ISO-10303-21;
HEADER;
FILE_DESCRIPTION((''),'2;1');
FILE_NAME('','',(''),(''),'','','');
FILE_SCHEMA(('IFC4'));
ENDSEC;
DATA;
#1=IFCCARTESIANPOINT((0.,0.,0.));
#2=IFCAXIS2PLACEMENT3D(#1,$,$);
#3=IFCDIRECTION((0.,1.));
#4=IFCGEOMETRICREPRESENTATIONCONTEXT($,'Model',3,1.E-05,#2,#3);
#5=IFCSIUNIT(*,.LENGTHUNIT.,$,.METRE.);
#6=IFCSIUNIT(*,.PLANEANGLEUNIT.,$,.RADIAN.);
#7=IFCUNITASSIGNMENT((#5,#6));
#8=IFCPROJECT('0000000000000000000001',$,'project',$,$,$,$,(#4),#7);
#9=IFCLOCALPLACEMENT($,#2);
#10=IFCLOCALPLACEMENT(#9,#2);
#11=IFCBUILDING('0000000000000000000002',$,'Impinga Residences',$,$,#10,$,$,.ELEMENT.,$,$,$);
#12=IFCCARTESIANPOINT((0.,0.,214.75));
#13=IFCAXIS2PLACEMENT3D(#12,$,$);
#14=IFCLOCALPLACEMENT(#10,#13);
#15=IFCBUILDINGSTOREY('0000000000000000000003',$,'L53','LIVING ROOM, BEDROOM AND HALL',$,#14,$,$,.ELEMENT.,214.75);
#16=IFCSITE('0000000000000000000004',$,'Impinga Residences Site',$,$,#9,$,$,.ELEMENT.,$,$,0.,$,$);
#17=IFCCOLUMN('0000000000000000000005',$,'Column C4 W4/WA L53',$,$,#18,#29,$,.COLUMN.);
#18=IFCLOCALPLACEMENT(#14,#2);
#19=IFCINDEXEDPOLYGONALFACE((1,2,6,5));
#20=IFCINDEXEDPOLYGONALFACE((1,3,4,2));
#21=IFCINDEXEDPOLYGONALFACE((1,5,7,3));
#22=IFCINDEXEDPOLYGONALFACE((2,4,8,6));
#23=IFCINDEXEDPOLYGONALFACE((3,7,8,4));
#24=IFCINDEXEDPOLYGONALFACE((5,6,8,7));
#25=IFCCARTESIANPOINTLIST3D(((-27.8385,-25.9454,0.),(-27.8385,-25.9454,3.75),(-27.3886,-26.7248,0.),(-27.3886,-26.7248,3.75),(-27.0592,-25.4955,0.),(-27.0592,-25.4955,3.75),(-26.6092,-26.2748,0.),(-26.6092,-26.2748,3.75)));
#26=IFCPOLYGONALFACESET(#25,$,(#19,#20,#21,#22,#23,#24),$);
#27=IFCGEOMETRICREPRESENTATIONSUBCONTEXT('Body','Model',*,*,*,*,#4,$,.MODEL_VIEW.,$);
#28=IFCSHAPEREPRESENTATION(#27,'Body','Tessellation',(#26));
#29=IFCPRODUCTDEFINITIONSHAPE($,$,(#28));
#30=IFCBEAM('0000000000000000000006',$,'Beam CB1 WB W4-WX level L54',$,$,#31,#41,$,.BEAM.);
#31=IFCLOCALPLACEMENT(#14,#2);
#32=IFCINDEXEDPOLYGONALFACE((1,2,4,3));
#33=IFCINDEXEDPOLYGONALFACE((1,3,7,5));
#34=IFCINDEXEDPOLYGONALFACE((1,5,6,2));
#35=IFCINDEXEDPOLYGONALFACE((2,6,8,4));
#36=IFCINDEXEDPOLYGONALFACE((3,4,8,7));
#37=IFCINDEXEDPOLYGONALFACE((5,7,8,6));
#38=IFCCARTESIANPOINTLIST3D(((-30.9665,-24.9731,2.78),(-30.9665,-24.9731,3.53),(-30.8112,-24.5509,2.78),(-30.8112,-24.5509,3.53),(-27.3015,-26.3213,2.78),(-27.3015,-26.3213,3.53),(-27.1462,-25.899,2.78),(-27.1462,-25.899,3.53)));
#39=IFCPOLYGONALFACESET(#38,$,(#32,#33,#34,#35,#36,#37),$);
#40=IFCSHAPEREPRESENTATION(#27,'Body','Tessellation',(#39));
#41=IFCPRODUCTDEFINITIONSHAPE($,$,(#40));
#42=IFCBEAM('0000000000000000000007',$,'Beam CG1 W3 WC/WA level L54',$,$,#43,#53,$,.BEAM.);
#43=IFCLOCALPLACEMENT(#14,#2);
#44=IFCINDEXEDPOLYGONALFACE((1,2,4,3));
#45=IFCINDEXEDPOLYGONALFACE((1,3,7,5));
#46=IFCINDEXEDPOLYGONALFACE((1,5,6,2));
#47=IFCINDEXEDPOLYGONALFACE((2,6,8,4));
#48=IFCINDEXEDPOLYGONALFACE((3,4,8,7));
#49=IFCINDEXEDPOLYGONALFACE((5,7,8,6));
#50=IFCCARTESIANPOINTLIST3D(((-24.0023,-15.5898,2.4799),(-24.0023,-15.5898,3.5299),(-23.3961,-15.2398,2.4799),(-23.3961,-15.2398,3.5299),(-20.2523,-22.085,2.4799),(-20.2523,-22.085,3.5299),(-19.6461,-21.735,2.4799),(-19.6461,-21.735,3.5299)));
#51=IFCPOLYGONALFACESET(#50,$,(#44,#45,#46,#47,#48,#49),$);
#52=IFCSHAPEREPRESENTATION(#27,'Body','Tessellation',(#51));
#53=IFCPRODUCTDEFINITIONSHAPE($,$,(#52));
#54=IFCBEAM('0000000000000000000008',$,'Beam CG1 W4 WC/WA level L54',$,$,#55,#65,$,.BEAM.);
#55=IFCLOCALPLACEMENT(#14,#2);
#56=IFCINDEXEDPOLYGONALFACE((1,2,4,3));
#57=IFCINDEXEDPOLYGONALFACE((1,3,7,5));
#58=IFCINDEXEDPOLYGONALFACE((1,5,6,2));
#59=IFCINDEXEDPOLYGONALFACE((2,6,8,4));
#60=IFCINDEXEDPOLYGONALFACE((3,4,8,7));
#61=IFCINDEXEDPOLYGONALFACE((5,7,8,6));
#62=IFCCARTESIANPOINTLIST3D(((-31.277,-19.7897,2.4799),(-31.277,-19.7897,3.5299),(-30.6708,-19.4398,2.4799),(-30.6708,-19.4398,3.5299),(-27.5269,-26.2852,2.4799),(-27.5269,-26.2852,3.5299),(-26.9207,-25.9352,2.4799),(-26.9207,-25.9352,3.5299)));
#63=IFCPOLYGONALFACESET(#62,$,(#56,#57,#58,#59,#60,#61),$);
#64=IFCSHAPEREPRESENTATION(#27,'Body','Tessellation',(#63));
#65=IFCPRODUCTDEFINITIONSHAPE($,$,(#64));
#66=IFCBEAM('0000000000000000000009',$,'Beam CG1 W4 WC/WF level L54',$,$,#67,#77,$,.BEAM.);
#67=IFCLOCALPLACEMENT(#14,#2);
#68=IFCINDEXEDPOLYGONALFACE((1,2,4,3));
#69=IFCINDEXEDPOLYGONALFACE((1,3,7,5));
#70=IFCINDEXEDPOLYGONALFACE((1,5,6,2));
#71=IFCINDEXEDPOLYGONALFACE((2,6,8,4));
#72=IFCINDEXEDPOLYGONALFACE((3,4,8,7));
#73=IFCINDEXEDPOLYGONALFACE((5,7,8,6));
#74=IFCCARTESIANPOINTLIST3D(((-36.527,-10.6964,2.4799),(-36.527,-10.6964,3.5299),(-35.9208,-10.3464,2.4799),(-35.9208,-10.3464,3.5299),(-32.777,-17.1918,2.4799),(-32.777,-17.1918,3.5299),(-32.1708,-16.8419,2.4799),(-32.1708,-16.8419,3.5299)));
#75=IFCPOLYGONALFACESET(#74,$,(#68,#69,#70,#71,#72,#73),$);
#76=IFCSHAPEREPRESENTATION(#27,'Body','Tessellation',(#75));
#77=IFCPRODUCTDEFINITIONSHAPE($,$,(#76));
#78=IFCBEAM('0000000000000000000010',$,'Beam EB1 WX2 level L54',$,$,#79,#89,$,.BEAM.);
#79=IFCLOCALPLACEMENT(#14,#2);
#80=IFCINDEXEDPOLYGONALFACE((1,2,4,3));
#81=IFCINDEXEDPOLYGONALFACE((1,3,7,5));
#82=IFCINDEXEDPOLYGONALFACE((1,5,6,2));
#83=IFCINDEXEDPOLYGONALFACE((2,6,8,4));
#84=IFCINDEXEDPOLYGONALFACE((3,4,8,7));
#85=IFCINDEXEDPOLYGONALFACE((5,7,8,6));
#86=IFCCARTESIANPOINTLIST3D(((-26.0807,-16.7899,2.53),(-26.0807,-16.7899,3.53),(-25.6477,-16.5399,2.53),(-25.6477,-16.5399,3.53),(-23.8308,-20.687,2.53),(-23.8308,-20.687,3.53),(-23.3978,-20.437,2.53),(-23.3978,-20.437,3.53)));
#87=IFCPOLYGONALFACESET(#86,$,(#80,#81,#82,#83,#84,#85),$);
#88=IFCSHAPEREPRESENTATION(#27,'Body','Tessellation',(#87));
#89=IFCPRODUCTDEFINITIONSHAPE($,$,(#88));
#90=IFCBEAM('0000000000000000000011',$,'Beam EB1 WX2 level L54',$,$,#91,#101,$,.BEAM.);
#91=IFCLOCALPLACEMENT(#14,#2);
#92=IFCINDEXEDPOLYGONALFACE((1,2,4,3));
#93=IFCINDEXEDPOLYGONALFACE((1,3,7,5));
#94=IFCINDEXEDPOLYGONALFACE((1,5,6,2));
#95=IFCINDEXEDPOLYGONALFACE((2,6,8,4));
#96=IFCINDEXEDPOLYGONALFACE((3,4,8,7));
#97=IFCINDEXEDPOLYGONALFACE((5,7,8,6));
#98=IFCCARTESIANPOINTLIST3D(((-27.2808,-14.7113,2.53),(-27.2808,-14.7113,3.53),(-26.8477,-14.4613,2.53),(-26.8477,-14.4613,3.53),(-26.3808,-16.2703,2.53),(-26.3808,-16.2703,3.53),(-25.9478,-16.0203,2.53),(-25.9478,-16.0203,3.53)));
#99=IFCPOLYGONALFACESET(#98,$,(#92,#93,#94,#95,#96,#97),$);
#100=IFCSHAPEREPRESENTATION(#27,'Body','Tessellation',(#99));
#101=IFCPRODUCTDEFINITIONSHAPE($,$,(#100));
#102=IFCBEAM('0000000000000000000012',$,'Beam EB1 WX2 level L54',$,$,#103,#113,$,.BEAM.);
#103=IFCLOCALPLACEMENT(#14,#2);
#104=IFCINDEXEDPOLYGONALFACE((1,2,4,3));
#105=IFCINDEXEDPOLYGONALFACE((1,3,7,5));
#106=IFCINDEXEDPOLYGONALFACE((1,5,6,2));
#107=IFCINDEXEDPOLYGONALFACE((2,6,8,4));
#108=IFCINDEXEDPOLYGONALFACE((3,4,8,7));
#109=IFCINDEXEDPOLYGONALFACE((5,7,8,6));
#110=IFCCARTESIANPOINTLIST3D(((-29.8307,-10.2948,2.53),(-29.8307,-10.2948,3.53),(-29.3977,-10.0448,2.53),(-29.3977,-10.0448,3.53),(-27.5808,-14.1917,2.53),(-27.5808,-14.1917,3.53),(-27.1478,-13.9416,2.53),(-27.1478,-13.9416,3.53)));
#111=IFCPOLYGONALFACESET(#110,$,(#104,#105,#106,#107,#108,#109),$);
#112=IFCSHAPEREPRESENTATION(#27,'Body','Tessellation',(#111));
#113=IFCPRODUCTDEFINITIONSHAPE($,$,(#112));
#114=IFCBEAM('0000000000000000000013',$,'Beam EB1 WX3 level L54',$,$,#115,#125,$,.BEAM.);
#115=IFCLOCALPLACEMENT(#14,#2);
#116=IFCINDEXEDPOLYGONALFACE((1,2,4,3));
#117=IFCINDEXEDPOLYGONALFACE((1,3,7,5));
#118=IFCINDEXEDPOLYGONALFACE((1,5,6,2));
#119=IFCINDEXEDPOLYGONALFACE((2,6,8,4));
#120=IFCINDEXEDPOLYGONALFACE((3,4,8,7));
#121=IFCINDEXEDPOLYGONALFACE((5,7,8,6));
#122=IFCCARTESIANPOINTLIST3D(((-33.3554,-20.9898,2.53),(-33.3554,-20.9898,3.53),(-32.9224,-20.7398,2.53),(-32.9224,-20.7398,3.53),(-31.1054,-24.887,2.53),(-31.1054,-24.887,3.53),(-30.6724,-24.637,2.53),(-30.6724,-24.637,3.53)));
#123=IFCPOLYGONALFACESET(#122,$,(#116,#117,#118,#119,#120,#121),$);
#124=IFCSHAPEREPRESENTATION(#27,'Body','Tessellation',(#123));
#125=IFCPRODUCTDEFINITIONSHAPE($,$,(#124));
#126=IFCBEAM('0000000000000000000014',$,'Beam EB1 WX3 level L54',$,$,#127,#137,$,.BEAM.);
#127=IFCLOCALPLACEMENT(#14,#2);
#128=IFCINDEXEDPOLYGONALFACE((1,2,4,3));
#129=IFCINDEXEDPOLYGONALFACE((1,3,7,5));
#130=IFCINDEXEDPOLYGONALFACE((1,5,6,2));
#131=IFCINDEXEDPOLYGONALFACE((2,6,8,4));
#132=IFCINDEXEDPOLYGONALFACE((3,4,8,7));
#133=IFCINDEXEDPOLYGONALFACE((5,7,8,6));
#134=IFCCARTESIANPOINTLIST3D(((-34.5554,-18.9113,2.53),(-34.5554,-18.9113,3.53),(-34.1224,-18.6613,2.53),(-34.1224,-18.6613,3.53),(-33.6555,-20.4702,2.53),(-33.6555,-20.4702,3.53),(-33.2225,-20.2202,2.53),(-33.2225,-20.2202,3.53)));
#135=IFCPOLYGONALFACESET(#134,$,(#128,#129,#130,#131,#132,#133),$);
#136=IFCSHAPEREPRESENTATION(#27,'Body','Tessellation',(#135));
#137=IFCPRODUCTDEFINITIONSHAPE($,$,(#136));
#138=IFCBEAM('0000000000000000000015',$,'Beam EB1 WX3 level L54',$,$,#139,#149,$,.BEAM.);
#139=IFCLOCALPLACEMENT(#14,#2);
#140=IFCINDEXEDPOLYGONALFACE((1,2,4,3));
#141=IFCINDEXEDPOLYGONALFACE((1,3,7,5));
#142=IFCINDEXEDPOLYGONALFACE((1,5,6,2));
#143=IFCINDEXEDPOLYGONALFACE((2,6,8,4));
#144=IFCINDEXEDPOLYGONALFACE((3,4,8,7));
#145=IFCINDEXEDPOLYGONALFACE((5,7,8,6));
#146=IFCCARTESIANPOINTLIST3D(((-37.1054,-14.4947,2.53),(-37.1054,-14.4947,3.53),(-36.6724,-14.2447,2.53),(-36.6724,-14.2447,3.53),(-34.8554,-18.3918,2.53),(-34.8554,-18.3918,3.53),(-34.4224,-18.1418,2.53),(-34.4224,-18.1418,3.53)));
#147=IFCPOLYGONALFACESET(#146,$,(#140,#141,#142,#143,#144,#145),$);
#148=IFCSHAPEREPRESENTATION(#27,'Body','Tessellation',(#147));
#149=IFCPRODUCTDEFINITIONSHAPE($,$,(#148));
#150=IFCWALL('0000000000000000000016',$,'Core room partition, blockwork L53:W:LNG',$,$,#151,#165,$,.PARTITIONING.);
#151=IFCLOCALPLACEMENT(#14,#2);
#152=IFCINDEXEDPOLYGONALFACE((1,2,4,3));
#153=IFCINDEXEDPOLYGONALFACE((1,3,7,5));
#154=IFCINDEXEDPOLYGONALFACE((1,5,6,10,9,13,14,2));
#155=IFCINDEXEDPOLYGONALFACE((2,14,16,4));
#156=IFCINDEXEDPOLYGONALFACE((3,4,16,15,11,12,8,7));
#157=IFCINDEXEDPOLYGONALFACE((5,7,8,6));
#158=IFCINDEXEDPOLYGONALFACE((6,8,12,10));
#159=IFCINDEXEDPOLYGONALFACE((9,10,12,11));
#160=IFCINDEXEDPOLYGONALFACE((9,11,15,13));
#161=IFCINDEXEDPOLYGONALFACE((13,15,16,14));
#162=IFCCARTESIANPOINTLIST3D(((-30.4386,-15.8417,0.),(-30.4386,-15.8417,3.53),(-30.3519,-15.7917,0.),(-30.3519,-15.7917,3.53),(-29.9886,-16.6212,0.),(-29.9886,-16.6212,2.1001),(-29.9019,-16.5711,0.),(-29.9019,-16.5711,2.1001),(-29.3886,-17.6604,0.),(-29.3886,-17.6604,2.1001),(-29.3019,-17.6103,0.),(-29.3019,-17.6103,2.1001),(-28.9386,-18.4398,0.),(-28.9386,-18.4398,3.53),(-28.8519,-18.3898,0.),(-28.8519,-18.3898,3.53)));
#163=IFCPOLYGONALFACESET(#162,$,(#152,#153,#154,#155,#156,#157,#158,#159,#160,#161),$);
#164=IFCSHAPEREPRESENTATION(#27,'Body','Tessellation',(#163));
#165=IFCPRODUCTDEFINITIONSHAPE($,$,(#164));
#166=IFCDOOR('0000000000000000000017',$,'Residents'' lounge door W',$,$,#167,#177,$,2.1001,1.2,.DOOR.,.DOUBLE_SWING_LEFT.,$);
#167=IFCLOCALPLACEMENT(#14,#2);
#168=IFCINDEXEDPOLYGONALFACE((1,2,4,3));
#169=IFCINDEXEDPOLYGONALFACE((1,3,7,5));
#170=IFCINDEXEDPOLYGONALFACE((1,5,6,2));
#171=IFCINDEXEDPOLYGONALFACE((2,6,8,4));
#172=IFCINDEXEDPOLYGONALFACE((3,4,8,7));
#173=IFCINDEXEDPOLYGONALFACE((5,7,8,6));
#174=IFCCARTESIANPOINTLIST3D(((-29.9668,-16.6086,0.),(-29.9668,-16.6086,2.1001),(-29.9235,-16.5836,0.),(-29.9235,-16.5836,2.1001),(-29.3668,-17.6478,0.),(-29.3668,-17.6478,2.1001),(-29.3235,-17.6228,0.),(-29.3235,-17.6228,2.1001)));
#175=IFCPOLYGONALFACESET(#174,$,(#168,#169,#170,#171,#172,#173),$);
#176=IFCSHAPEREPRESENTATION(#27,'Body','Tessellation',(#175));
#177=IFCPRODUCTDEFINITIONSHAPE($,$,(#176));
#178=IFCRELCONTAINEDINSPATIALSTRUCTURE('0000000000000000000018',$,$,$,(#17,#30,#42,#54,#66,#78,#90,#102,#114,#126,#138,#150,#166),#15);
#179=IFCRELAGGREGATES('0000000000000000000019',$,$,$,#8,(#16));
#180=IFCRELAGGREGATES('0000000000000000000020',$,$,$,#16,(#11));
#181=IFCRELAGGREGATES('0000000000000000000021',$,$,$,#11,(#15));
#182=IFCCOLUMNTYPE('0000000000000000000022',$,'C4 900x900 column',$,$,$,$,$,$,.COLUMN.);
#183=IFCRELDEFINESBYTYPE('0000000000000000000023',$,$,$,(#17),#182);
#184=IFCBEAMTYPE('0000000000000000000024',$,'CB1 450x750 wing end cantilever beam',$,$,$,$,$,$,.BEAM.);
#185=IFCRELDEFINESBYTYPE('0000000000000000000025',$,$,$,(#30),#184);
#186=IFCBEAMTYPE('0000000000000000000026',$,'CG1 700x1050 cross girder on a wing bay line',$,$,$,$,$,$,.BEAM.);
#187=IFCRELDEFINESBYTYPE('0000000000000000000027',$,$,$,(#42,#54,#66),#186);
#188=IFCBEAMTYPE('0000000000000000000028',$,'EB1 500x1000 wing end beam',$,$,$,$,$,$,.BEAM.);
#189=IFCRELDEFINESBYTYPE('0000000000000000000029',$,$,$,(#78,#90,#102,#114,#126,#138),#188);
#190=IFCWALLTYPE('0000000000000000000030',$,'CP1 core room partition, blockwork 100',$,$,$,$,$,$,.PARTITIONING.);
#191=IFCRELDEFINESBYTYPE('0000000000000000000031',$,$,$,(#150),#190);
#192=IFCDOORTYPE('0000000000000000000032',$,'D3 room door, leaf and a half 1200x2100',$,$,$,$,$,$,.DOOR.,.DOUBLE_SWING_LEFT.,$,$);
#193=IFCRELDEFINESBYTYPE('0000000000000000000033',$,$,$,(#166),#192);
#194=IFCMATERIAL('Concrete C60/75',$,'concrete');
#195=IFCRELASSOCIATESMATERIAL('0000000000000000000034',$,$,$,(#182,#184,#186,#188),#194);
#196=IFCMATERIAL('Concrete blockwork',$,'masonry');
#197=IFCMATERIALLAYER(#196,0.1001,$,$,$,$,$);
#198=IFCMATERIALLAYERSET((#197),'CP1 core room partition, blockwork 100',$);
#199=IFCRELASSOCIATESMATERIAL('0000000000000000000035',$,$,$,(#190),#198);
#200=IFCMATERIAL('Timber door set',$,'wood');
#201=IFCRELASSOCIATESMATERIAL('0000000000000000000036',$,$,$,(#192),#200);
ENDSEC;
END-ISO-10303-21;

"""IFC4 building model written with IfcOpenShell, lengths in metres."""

from ifc_helpers import new_model, si_unit, direction, frame, frame_2d, origin, origin_2d, place, context, subcontext, project, spatial, rectangle, extrude, material, layer, layer_set, material_profile, profile_set, type_object, element, fill, save


model = new_model("IFC4")

# Units and contexts
model_context = context("Model", 3, precision=1e-05, world=origin(), true_north=direction((0.0, 1.0)))
body_context = subcontext(model_context, "Body", "Model", "MODEL_VIEW")
ifc_project = project(units=[si_unit("LENGTHUNIT", "METRE"), si_unit("PLANEANGLEUNIT", "RADIAN")], contexts=[model_context])

# Site, building, storey
site_placement = place(None, origin())
site = spatial("IfcSite", under=ifc_project, at=site_placement, Name="Impinga Residences Site", CompositionType="ELEMENT", RefElevation=0.0)
building_placement = place(site_placement, origin())
building = spatial("IfcBuilding", under=site, at=building_placement, Name="Impinga Residences", CompositionType="ELEMENT")
storey_placement = place(building_placement, frame((0.0, 0.0, 214.75)))
storey = spatial("IfcBuildingStorey", under=building, at=storey_placement, Name="L53", Description="LIVING ROOM, BEDROOM AND HALL", CompositionType="ELEMENT", Elevation=214.75)

# Column
ifc_material_1 = material(Name="Concrete C60/75", Category="concrete")
ifc_material_profile_1 = material_profile(ifc_material_1, rectangle(XDim=0.8999, YDim=0.8999, at=origin_2d()), Name="RC 900x900")
ifc_profile_set_1 = profile_set([ifc_material_profile_1], Name="Concrete C60/75")
column_type = type_object("IfcColumnType", Name="C4 900x900 column", PredefinedType="COLUMN", material=ifc_profile_set_1)
column_placement = place(storey_placement, frame((-27.2239, -26.1101, 0.0), z_axis=(0.0, 0.0, 1.0), x_axis=(-0.5, 0.866025, 0.0)))
element("IfcColumn", 1, at=column_placement, inside=storey, type_object=column_type, Name="Column C4 W4/WA L53", PredefinedType="COLUMN", context=body_context, shape_type="SweptSolid", body=[
    extrude(rectangle(XDim=0.8999, YDim=0.8999, at=origin_2d()), origin(), (0.0, 0.0, 1.0), 3.75),
])

# Beams
ifc_material_profile_2 = material_profile(ifc_material_1, rectangle(XDim=0.45, YDim=0.75, at=origin_2d()), Name="RC 450x750")
ifc_profile_set_2 = profile_set([ifc_material_profile_2], Name="Concrete C60/75")
beam_type_1 = type_object("IfcBeamType", Name="CB1 450x750 wing end cantilever beam", PredefinedType="BEAM", material=ifc_profile_set_2)
beam_1_placement = place(storey_placement, frame((-27.2239, -26.1101, 3.155), z_axis=(-0.93852, 0.345224, 0.0), x_axis=(-0.345224, -0.93852, 0.0)))
element("IfcBeam", 2, at=beam_1_placement, inside=storey, type_object=beam_type_1, Name="Beam CB1 WB W4-WX level L54", PredefinedType="BEAM", context=body_context, shape_type="SweptSolid", body=[
    extrude(rectangle(XDim=0.45, YDim=0.75, at=origin_2d()), origin(), (0.0, 0.0, 1.0), 3.905),
])
ifc_material_profile_3 = material_profile(ifc_material_1, rectangle(XDim=0.7, YDim=1.05, at=origin_2d()), Name="RC 700x1050")
ifc_profile_set_3 = profile_set([ifc_material_profile_3], Name="Concrete C60/75")
beam_type_2 = type_object("IfcBeamType", Name="CG1 700x1050 cross girder on a wing bay line", PredefinedType="BEAM", material=ifc_profile_set_3)
beam_2_placement = place(storey_placement, frame((-23.6992, -15.4148, 3.0049), z_axis=(0.500004, -0.866023, 0.0), x_axis=(0.866023, 0.500004, 0.0)))
element("IfcBeam", 3, at=beam_2_placement, inside=storey, type_object=beam_type_2, Name="Beam CG1 W3 WC/WA level L54", PredefinedType="BEAM", context=body_context, shape_type="SweptSolid", body=[
    extrude(rectangle(XDim=0.7, YDim=1.05, at=origin_2d()), origin(), (0.0, 0.0, 1.0), 7.5),
])
for number, where, z_axis, x_axis, name in (
    (4, (-30.9739, -19.6147, 3.0049), (0.49999, -0.866031, 0.0), (0.866031, 0.49999, 0.0), "Beam CG1 W4 WC/WA level L54"),
    (5, (-32.4739, -17.0168, 3.0049), (-0.49999, 0.866031, 0.0), (-0.866031, -0.49999, 0.0), "Beam CG1 W4 WC/WF level L54"),
):
    element("IfcBeam", number, at=place(storey_placement, frame(where, z_axis=z_axis, x_axis=x_axis)), inside=storey, type_object=beam_type_2, Name=name, PredefinedType="BEAM", context=body_context, shape_type="SweptSolid", body=[
        extrude(rectangle(XDim=0.7, YDim=1.05, at=origin_2d()), origin(), (0.0, 0.0, 1.0), 7.5002),
    ])
ifc_material_profile_4 = material_profile(ifc_material_1, rectangle(XDim=0.5, YDim=1.0, at=origin_2d()), Name="RC 500x1000")
ifc_profile_set_4 = profile_set([ifc_material_profile_4], Name="Concrete C60/75")
beam_type_3 = type_object("IfcBeamType", Name="EB1 500x1000 wing end beam", PredefinedType="BEAM", material=ifc_profile_set_4)
beam_3_placement = place(storey_placement, frame((-23.6143, -20.562, 3.03), z_axis=(-0.49999, 0.866031, 0.0), x_axis=(-0.866031, -0.49999, 0.0)))
element("IfcBeam", 6, at=beam_3_placement, inside=storey, type_object=beam_type_3, Name="Beam EB1 WX2 level L54", PredefinedType="BEAM", context=body_context, shape_type="SweptSolid", body=[
    extrude(rectangle(XDim=0.5, YDim=1.0, at=origin_2d()), origin(), (0.0, 0.0, 1.0), 4.5),
])
beam_4_placement = place(storey_placement, frame((-26.1643, -16.1453, 3.03), z_axis=(-0.499961, 0.866048, 0.0), x_axis=(-0.866048, -0.499961, 0.0)))
element("IfcBeam", 7, at=beam_4_placement, inside=storey, type_object=beam_type_3, Name="Beam EB1 WX2 level L54", PredefinedType="BEAM", context=body_context, shape_type="SweptSolid", body=[
    extrude(rectangle(XDim=0.5, YDim=1.0, at=origin_2d()), origin(), (0.0, 0.0, 1.0), 1.8),
])
beam_5_placement = place(storey_placement, frame((-27.3643, -14.0667, 3.03), z_axis=(-0.500014, 0.866018, 0.0), x_axis=(-0.866018, -0.500014, 0.0)))
element("IfcBeam", 8, at=beam_5_placement, inside=storey, type_object=beam_type_3, Name="Beam EB1 WX2 level L54", PredefinedType="BEAM", context=body_context, shape_type="SweptSolid", body=[
    extrude(rectangle(XDim=0.5, YDim=1.0, at=origin_2d()), origin(), (0.0, 0.0, 1.0), 4.4998),
])
beam_6_placement = place(storey_placement, frame((-30.8889, -24.762, 3.03), z_axis=(-0.49999, 0.866031, 0.0), x_axis=(-0.866031, -0.49999, 0.0)))
element("IfcBeam", 9, at=beam_6_placement, inside=storey, type_object=beam_type_3, Name="Beam EB1 WX3 level L54", PredefinedType="BEAM", context=body_context, shape_type="SweptSolid", body=[
    extrude(rectangle(XDim=0.5, YDim=1.0, at=origin_2d()), origin(), (0.0, 0.0, 1.0), 4.5),
])
beam_7_placement = place(storey_placement, frame((-33.439, -20.3452, 3.03), z_axis=(-0.499961, 0.866048, 0.0), x_axis=(-0.866048, -0.499961, 0.0)))
element("IfcBeam", 10, at=beam_7_placement, inside=storey, type_object=beam_type_3, Name="Beam EB1 WX3 level L54", PredefinedType="BEAM", context=body_context, shape_type="SweptSolid", body=[
    extrude(rectangle(XDim=0.5, YDim=1.0, at=origin_2d()), origin(), (0.0, 0.0, 1.0), 1.8),
])
beam_8_placement = place(storey_placement, frame((-34.6389, -18.2668, 3.03), z_axis=(-0.49999, 0.866031, 0.0), x_axis=(-0.866031, -0.49999, 0.0)))
element("IfcBeam", 11, at=beam_8_placement, inside=storey, type_object=beam_type_3, Name="Beam EB1 WX3 level L54", PredefinedType="BEAM", context=body_context, shape_type="SweptSolid", body=[
    extrude(rectangle(XDim=0.5, YDim=1.0, at=origin_2d()), origin(), (0.0, 0.0, 1.0), 4.5),
])

# Wall, opening, door
ifc_material_2 = material(Name="Concrete blockwork", Category="masonry")
ifc_layer_1 = layer(ifc_material_2, 0.1001)
ifc_layer_set_1 = layer_set([ifc_layer_1], Name="CP1 core room partition, blockwork 100")
wall_type_1 = type_object("IfcWallType", Name="CP1 core room partition, blockwork 100", PredefinedType="PARTITIONING", material=ifc_layer_set_1)
wall_1_placement = place(storey_placement, frame((-28.8953, -18.4148, 0.0), z_axis=(0.0, 0.0, 1.0), x_axis=(-0.49999, 0.866031, 0.0)))
wall_1 = element("IfcWall", 12, at=wall_1_placement, inside=storey, type_object=wall_type_1, Name="Core room partition, blockwork L53:W:LNG", PredefinedType="PARTITIONING", context=body_context, shape_type="SweptSolid", body=[
    extrude(rectangle(XDim=3.0, YDim=0.1001, at=frame_2d((1.5, 0.0))), origin(), (0.0, 0.0, 1.0), 3.53),
])
opening_1_placement = place(wall_1_placement, frame((0.8999, 0.0, 0.0)))
opening_1 = element("IfcOpeningElement", 13, at=opening_1_placement, cuts=wall_1, PredefinedType="OPENING", context=body_context, shape_type="SweptSolid", body=[
    extrude(rectangle(XDim=1.2, YDim=2.1001, at=frame_2d((0.6001, 1.05))), frame((0.0, 0.0601, 0.0), z_axis=(0.0, -1.0, 0.0), x_axis=(1.0, 0.0, 0.0)), (0.0, 0.0, 1.0), 0.1201),
])
ifc_material_3 = material(Name="Timber door set", Category="wood")
door_type = type_object("IfcDoorType", Name="D3 room door, leaf and a half 1200x2100", OperationType="DOUBLE_SWING_LEFT", PredefinedType="DOOR", material=ifc_material_3)
door_placement = place(opening_1_placement, origin())
door = element("IfcDoor", 14, at=door_placement, inside=storey, type_object=door_type, Name="Residents' lounge door W", OperationType="DOUBLE_SWING_LEFT", OverallHeight=2.1001, OverallWidth=1.2, PredefinedType="DOOR", context=body_context, shape_type="SweptSolid", body=[
    extrude(rectangle(XDim=1.2, YDim=2.1001, at=frame_2d((0.6001, 1.05))), frame((0.0, 0.0249, 0.0), z_axis=(0.0, -1.0, 0.0), x_axis=(1.0, 0.0, 0.0)), (0.0, 0.0, 1.0), 0.05),
])
fill(opening_1, door)

save(model, "model.ifc")
